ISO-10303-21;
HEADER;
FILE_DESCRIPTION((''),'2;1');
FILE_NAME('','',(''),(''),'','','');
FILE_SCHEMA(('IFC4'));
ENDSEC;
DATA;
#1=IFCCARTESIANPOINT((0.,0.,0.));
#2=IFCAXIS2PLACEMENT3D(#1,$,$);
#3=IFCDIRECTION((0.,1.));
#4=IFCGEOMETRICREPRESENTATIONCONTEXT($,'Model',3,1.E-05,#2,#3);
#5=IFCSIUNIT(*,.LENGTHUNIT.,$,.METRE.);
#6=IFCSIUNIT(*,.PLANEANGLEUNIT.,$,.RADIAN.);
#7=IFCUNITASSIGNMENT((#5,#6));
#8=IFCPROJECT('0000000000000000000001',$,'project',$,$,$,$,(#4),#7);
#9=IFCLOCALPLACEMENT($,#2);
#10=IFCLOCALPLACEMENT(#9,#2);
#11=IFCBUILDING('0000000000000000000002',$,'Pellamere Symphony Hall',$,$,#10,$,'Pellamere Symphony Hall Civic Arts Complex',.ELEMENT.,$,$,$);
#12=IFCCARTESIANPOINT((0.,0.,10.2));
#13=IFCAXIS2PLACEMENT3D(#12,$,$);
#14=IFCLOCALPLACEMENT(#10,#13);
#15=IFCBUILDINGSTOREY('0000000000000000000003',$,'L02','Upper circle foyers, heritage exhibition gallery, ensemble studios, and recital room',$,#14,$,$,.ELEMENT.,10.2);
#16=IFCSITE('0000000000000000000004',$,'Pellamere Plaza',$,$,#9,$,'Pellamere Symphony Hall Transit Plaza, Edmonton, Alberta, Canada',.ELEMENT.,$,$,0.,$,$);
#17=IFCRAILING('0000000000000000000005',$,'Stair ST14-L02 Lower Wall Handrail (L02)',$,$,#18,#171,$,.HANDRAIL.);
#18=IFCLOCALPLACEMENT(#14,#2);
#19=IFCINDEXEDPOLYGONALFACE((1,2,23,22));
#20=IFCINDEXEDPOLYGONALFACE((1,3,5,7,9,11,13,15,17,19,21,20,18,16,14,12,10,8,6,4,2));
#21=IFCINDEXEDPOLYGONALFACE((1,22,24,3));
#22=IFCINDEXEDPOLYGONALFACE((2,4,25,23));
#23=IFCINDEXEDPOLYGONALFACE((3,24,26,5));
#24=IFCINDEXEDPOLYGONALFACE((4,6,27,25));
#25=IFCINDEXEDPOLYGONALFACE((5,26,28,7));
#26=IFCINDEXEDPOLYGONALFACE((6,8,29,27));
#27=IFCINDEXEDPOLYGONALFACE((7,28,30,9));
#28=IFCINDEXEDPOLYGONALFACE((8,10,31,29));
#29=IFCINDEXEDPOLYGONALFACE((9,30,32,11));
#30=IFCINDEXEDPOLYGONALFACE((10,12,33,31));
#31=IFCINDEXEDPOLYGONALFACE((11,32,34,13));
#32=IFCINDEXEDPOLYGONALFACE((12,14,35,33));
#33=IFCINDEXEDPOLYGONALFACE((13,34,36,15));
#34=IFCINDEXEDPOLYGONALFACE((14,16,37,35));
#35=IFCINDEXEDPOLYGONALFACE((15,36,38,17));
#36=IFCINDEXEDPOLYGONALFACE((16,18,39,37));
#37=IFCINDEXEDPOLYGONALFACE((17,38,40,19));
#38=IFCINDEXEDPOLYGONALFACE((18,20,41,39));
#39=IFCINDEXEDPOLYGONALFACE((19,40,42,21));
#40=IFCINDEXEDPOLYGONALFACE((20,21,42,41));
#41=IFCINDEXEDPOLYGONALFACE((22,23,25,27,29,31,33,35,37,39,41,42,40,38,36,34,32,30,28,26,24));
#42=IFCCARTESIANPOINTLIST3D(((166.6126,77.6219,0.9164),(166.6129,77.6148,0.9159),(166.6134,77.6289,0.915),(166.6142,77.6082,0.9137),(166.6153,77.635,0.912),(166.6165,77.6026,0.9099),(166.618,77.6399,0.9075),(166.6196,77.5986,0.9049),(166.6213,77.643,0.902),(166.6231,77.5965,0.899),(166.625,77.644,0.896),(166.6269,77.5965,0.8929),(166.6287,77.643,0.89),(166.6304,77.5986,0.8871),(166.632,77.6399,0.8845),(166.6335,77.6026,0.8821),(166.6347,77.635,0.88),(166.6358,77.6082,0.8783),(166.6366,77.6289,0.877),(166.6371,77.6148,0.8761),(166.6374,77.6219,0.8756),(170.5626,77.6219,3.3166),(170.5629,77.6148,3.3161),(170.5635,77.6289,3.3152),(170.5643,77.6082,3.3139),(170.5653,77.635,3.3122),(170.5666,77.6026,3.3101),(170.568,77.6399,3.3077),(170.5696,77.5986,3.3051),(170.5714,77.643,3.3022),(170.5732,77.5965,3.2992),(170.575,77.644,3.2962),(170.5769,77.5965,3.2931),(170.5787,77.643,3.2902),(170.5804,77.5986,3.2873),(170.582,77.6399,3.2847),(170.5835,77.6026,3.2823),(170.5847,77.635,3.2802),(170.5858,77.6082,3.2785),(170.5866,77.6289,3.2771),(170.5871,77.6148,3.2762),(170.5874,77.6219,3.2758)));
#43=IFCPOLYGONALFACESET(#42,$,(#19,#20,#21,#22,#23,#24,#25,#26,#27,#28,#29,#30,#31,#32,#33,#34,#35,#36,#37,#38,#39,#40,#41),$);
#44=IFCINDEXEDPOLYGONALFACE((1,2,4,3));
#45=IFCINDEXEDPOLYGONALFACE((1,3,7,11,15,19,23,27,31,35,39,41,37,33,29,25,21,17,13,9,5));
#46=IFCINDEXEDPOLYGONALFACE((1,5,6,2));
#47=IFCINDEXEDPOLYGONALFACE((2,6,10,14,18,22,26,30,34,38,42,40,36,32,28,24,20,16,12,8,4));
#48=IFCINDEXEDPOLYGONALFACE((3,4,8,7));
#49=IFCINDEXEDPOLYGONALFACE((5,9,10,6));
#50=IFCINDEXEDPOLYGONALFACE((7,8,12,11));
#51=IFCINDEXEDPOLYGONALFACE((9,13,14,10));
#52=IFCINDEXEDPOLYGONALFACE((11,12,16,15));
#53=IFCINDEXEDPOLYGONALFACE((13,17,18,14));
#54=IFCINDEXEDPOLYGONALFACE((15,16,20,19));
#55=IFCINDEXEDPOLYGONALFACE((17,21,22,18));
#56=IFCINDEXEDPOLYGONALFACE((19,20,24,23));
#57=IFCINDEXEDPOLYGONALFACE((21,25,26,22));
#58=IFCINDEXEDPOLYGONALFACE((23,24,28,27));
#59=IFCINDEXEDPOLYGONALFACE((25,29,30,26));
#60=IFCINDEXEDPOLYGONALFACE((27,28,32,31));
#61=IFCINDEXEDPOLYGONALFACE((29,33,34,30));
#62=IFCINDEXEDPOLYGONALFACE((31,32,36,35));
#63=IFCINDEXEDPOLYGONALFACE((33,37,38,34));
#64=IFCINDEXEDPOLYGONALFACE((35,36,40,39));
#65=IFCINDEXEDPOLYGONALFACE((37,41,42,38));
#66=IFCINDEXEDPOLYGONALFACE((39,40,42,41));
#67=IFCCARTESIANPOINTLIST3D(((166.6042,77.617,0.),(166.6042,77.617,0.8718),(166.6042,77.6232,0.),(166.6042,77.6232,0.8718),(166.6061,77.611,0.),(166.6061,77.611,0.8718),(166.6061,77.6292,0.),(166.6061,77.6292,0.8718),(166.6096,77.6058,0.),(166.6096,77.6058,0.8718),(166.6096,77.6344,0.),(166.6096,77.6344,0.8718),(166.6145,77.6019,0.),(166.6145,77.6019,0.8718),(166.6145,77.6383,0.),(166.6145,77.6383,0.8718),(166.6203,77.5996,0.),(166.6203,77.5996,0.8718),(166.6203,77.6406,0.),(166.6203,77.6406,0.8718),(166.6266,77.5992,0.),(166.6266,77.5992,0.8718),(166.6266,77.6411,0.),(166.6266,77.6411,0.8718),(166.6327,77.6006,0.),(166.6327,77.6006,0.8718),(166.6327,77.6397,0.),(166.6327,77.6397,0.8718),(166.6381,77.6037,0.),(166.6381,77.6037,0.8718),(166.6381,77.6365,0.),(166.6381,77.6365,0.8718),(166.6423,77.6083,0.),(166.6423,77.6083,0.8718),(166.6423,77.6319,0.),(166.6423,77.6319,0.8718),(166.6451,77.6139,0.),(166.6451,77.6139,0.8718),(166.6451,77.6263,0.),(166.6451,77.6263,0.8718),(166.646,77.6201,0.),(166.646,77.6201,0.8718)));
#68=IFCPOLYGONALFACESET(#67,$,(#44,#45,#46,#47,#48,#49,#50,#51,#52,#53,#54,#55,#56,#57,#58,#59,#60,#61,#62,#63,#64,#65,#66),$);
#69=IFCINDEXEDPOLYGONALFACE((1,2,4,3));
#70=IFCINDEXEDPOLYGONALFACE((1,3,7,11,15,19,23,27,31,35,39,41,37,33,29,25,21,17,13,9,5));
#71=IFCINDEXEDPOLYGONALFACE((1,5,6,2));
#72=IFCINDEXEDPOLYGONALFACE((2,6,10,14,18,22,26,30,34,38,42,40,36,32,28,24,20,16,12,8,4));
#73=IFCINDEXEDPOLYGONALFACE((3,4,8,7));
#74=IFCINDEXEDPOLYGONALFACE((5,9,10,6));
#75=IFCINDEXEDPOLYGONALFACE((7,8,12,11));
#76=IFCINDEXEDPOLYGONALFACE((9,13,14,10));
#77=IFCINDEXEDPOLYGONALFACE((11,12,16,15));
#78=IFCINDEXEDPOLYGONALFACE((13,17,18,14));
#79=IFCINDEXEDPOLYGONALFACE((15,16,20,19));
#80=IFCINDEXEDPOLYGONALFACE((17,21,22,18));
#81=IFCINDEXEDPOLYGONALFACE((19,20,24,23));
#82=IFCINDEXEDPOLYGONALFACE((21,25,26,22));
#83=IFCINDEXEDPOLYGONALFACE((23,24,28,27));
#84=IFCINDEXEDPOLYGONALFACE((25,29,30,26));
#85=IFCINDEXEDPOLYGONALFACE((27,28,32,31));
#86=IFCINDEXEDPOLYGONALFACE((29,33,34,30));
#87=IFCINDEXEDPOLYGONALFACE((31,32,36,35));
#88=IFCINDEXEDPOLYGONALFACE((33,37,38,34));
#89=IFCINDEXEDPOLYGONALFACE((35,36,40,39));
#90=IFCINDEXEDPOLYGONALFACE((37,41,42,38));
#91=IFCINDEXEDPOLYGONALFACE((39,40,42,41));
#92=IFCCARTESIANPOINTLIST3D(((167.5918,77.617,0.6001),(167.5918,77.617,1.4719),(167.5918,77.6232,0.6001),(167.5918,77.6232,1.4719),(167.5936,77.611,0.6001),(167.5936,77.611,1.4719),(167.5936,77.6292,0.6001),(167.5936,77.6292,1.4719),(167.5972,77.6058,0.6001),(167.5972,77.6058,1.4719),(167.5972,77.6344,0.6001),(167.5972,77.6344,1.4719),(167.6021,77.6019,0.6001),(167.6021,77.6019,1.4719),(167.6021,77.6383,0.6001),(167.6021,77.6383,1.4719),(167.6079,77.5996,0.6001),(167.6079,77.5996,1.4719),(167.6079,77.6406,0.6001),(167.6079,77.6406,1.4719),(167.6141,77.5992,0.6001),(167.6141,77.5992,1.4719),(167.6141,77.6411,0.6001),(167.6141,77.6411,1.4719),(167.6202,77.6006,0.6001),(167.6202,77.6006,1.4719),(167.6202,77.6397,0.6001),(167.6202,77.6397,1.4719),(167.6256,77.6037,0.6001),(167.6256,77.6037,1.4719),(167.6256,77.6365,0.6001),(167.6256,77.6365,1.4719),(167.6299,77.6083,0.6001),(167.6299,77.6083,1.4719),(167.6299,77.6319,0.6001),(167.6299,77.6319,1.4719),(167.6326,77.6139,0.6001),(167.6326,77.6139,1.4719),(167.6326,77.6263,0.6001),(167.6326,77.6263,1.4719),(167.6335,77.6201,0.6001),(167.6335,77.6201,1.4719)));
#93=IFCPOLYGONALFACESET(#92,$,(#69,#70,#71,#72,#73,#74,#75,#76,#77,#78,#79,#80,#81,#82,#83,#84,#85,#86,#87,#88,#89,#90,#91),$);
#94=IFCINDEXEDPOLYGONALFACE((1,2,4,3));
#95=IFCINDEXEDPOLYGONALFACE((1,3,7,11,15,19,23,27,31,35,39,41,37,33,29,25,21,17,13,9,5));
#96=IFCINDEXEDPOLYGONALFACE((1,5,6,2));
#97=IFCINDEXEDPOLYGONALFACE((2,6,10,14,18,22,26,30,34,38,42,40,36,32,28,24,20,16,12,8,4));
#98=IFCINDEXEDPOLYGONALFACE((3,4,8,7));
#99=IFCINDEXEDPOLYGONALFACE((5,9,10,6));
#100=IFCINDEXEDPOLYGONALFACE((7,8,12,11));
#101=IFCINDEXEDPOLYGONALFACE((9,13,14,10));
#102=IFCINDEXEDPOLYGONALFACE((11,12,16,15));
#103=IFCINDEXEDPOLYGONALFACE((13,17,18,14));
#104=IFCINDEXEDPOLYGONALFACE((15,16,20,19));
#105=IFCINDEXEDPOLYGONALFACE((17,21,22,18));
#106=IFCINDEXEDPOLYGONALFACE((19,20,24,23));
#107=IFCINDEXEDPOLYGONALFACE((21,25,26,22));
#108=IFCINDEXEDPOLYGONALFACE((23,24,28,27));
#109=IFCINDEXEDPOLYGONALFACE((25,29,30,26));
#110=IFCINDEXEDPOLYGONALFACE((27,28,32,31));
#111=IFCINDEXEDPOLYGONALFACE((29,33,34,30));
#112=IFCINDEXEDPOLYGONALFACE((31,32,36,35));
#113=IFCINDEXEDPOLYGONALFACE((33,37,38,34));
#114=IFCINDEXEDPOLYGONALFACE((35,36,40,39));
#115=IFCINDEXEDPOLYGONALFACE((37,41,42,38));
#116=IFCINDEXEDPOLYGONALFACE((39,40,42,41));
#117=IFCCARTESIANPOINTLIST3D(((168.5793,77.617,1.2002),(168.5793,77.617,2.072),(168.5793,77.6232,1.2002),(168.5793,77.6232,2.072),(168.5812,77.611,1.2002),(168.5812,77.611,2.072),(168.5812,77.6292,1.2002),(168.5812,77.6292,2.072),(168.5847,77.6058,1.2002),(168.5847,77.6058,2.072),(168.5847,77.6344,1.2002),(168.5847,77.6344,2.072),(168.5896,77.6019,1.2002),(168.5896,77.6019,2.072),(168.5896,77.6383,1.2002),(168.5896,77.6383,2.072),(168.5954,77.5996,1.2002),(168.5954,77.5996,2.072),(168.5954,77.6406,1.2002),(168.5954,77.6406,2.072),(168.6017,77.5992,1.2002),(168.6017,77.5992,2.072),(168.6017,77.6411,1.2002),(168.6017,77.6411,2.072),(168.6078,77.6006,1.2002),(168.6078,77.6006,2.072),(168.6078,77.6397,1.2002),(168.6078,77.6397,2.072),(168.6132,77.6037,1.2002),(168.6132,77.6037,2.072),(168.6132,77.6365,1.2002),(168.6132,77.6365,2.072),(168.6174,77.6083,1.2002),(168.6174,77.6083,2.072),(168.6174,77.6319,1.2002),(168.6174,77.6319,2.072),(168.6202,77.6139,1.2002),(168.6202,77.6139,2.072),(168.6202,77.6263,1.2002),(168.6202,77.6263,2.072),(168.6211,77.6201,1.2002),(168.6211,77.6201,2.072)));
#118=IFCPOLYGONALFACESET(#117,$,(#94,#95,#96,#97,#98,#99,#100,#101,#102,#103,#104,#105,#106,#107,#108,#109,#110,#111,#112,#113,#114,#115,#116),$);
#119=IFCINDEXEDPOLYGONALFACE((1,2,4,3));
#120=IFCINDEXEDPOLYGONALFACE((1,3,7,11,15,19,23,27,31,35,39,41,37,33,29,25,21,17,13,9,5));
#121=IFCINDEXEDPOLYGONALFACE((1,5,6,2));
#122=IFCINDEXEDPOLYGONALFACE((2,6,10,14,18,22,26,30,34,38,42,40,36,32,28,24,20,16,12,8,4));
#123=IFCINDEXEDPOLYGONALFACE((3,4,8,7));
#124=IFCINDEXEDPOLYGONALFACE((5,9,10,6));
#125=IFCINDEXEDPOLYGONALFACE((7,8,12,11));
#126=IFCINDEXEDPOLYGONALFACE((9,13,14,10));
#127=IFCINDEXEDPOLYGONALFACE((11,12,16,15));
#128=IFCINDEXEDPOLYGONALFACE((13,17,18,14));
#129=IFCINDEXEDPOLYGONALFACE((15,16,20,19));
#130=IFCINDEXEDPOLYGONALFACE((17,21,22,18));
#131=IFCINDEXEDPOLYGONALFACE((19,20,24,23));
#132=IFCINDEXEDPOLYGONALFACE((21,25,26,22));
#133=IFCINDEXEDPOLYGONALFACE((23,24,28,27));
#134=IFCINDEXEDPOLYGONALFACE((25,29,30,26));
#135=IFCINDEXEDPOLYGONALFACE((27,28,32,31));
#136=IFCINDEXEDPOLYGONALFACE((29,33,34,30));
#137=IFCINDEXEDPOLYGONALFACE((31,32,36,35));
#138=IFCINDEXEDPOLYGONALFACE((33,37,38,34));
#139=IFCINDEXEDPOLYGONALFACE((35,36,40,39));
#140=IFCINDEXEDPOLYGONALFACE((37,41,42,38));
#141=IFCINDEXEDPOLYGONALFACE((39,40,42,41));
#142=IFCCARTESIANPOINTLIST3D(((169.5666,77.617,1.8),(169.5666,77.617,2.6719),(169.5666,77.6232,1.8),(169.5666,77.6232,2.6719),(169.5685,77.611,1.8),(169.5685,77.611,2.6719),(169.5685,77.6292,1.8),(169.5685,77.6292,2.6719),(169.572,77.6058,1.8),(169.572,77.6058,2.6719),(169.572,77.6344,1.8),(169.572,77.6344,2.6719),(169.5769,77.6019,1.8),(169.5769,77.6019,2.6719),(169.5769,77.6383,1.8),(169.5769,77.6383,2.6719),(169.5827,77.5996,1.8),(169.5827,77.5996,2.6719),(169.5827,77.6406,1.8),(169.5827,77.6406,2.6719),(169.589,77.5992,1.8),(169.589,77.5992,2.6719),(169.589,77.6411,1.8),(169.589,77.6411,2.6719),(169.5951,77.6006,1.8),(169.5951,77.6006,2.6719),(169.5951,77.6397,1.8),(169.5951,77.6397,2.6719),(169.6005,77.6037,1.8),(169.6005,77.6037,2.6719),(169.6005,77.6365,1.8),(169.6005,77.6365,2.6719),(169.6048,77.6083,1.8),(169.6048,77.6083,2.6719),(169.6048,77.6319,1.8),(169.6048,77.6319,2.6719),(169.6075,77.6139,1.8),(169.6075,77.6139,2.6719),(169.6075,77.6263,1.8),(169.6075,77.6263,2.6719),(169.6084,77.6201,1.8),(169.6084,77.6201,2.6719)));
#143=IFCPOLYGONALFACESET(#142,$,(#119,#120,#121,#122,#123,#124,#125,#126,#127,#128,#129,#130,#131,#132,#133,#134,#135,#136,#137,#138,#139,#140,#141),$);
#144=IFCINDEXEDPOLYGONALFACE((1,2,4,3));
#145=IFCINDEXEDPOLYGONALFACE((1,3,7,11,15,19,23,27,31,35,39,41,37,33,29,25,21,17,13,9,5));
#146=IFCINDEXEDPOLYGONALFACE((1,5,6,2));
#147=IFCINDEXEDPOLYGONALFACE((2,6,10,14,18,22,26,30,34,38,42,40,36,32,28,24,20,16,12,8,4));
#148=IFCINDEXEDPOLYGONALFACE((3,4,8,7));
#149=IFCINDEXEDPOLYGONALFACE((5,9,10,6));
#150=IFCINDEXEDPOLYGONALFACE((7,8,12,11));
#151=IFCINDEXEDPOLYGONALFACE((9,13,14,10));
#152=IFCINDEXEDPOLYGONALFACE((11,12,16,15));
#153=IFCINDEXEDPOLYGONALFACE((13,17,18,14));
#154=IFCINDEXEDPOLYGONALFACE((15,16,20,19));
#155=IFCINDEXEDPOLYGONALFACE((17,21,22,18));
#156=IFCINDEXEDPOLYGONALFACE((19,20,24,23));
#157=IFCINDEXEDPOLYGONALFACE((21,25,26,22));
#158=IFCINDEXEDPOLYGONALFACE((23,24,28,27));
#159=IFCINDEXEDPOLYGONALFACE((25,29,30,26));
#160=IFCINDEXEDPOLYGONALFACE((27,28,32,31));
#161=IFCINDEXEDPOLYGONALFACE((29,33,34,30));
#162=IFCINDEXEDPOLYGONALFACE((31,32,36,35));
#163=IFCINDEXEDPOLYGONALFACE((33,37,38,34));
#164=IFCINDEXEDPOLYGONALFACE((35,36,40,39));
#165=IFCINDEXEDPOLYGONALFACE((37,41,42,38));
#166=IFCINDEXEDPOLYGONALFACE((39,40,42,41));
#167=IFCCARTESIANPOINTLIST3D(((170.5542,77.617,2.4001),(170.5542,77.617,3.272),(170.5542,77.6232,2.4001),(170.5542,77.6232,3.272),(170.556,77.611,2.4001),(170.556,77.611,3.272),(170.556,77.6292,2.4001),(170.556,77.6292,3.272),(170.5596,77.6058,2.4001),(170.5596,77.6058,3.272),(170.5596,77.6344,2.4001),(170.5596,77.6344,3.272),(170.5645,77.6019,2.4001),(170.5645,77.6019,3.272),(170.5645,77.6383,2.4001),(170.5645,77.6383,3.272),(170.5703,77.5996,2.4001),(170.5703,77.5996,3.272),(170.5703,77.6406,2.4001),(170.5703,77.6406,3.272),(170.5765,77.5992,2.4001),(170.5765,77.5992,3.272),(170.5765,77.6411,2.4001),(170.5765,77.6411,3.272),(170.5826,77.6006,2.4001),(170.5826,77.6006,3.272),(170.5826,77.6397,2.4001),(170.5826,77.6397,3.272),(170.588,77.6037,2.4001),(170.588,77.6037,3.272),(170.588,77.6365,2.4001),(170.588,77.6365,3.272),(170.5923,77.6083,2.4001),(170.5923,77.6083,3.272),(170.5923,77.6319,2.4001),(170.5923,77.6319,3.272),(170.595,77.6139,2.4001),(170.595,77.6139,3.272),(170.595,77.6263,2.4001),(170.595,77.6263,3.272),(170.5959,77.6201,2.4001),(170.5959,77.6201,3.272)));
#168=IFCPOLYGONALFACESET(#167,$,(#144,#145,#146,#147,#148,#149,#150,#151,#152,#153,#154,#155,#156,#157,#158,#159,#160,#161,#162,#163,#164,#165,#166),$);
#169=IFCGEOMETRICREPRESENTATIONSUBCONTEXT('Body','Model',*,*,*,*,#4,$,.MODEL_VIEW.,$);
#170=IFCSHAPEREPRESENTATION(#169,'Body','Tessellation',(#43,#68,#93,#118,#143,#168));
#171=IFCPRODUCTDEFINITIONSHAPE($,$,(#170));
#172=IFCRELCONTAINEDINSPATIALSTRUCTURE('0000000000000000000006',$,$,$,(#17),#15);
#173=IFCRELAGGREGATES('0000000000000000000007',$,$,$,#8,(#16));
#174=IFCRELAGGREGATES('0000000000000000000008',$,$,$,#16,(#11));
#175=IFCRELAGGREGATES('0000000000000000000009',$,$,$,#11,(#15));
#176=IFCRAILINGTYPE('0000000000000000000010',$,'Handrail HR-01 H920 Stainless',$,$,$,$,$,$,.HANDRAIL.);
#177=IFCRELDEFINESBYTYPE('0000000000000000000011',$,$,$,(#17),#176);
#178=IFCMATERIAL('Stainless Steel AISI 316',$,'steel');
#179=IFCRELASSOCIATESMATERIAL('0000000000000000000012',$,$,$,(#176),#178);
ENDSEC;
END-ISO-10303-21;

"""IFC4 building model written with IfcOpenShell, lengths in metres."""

from ifc_helpers import new_model, si_unit, direction, frame, origin, origin_2d, place, context, subcontext, project, spatial, circle, extrude, material, type_object, element, save


model = new_model("IFC4")

# Units and contexts
model_context = context("Model", 3, precision=1e-05, world=origin(), true_north=direction((0.0, 1.0)))
body_context = subcontext(model_context, "Body", "Model", "MODEL_VIEW")
ifc_project = project(units=[si_unit("LENGTHUNIT", "METRE"), si_unit("PLANEANGLEUNIT", "RADIAN")], contexts=[model_context])

# Site, building, storey
site_placement = place(None, origin())
site = spatial("IfcSite", under=ifc_project, at=site_placement, Name="Pellamere Plaza", LongName="Pellamere Symphony Hall Transit Plaza, Edmonton, Alberta, Canada", CompositionType="ELEMENT", RefElevation=0.0)
building_placement = place(site_placement, origin())
building = spatial("IfcBuilding", under=site, at=building_placement, Name="Pellamere Symphony Hall", LongName="Pellamere Symphony Hall Civic Arts Complex", CompositionType="ELEMENT")
storey_placement = place(building_placement, frame((0.0, 0.0, 10.2)))
storey = spatial("IfcBuildingStorey", under=building, at=storey_placement, Name="L02", Description="Upper circle foyers, heritage exhibition gallery, ensemble studios, and recital room", CompositionType="ELEMENT", Elevation=10.2)

# Railing
ifc_material_1 = material(Name="Stainless Steel AISI 316", Category="steel")
railing_type_1 = type_object("IfcRailingType", Name="Handrail HR-01 H920 Stainless", PredefinedType="HANDRAIL", material=ifc_material_1)
railing_1_placement = place(storey_placement, frame((166.625, 77.6201, 0.0)))
element("IfcRailing", 1, at=railing_1_placement, inside=storey, type_object=railing_type_1, Name="Stair ST14-L02 Lower Wall Handrail (L02)", PredefinedType="HANDRAIL", context=body_context, shape_type="SweptSolid", body=[
    extrude(circle(Radius=0.0239, at=origin_2d()), frame((0.0, 0.0, 0.896), z_axis=(0.854599, 0.0, 0.519288), x_axis=(0.0, 1.0, 0.0)), (0.0, 0.0, 1.0), 4.6221),
    extrude(circle(Radius=0.021, at=origin_2d()), origin(), (0.0, 0.0, 1.0), 0.8718),
    extrude(circle(Radius=0.021, at=origin_2d()), frame((0.9875, 0.0, 0.6001)), (0.0, 0.0, 1.0), 0.8718),
    extrude(circle(Radius=0.021, at=origin_2d()), frame((1.9751, 0.0, 1.2002)), (0.0, 0.0, 1.0), 0.8718),
    extrude(circle(Radius=0.021, at=origin_2d()), frame((2.9624, 0.0, 1.8)), (0.0, 0.0, 1.0), 0.8718),
    extrude(circle(Radius=0.021, at=origin_2d()), frame((3.95, 0.0, 2.4001)), (0.0, 0.0, 1.0), 0.8718),
])

save(model, "model.ifc")
